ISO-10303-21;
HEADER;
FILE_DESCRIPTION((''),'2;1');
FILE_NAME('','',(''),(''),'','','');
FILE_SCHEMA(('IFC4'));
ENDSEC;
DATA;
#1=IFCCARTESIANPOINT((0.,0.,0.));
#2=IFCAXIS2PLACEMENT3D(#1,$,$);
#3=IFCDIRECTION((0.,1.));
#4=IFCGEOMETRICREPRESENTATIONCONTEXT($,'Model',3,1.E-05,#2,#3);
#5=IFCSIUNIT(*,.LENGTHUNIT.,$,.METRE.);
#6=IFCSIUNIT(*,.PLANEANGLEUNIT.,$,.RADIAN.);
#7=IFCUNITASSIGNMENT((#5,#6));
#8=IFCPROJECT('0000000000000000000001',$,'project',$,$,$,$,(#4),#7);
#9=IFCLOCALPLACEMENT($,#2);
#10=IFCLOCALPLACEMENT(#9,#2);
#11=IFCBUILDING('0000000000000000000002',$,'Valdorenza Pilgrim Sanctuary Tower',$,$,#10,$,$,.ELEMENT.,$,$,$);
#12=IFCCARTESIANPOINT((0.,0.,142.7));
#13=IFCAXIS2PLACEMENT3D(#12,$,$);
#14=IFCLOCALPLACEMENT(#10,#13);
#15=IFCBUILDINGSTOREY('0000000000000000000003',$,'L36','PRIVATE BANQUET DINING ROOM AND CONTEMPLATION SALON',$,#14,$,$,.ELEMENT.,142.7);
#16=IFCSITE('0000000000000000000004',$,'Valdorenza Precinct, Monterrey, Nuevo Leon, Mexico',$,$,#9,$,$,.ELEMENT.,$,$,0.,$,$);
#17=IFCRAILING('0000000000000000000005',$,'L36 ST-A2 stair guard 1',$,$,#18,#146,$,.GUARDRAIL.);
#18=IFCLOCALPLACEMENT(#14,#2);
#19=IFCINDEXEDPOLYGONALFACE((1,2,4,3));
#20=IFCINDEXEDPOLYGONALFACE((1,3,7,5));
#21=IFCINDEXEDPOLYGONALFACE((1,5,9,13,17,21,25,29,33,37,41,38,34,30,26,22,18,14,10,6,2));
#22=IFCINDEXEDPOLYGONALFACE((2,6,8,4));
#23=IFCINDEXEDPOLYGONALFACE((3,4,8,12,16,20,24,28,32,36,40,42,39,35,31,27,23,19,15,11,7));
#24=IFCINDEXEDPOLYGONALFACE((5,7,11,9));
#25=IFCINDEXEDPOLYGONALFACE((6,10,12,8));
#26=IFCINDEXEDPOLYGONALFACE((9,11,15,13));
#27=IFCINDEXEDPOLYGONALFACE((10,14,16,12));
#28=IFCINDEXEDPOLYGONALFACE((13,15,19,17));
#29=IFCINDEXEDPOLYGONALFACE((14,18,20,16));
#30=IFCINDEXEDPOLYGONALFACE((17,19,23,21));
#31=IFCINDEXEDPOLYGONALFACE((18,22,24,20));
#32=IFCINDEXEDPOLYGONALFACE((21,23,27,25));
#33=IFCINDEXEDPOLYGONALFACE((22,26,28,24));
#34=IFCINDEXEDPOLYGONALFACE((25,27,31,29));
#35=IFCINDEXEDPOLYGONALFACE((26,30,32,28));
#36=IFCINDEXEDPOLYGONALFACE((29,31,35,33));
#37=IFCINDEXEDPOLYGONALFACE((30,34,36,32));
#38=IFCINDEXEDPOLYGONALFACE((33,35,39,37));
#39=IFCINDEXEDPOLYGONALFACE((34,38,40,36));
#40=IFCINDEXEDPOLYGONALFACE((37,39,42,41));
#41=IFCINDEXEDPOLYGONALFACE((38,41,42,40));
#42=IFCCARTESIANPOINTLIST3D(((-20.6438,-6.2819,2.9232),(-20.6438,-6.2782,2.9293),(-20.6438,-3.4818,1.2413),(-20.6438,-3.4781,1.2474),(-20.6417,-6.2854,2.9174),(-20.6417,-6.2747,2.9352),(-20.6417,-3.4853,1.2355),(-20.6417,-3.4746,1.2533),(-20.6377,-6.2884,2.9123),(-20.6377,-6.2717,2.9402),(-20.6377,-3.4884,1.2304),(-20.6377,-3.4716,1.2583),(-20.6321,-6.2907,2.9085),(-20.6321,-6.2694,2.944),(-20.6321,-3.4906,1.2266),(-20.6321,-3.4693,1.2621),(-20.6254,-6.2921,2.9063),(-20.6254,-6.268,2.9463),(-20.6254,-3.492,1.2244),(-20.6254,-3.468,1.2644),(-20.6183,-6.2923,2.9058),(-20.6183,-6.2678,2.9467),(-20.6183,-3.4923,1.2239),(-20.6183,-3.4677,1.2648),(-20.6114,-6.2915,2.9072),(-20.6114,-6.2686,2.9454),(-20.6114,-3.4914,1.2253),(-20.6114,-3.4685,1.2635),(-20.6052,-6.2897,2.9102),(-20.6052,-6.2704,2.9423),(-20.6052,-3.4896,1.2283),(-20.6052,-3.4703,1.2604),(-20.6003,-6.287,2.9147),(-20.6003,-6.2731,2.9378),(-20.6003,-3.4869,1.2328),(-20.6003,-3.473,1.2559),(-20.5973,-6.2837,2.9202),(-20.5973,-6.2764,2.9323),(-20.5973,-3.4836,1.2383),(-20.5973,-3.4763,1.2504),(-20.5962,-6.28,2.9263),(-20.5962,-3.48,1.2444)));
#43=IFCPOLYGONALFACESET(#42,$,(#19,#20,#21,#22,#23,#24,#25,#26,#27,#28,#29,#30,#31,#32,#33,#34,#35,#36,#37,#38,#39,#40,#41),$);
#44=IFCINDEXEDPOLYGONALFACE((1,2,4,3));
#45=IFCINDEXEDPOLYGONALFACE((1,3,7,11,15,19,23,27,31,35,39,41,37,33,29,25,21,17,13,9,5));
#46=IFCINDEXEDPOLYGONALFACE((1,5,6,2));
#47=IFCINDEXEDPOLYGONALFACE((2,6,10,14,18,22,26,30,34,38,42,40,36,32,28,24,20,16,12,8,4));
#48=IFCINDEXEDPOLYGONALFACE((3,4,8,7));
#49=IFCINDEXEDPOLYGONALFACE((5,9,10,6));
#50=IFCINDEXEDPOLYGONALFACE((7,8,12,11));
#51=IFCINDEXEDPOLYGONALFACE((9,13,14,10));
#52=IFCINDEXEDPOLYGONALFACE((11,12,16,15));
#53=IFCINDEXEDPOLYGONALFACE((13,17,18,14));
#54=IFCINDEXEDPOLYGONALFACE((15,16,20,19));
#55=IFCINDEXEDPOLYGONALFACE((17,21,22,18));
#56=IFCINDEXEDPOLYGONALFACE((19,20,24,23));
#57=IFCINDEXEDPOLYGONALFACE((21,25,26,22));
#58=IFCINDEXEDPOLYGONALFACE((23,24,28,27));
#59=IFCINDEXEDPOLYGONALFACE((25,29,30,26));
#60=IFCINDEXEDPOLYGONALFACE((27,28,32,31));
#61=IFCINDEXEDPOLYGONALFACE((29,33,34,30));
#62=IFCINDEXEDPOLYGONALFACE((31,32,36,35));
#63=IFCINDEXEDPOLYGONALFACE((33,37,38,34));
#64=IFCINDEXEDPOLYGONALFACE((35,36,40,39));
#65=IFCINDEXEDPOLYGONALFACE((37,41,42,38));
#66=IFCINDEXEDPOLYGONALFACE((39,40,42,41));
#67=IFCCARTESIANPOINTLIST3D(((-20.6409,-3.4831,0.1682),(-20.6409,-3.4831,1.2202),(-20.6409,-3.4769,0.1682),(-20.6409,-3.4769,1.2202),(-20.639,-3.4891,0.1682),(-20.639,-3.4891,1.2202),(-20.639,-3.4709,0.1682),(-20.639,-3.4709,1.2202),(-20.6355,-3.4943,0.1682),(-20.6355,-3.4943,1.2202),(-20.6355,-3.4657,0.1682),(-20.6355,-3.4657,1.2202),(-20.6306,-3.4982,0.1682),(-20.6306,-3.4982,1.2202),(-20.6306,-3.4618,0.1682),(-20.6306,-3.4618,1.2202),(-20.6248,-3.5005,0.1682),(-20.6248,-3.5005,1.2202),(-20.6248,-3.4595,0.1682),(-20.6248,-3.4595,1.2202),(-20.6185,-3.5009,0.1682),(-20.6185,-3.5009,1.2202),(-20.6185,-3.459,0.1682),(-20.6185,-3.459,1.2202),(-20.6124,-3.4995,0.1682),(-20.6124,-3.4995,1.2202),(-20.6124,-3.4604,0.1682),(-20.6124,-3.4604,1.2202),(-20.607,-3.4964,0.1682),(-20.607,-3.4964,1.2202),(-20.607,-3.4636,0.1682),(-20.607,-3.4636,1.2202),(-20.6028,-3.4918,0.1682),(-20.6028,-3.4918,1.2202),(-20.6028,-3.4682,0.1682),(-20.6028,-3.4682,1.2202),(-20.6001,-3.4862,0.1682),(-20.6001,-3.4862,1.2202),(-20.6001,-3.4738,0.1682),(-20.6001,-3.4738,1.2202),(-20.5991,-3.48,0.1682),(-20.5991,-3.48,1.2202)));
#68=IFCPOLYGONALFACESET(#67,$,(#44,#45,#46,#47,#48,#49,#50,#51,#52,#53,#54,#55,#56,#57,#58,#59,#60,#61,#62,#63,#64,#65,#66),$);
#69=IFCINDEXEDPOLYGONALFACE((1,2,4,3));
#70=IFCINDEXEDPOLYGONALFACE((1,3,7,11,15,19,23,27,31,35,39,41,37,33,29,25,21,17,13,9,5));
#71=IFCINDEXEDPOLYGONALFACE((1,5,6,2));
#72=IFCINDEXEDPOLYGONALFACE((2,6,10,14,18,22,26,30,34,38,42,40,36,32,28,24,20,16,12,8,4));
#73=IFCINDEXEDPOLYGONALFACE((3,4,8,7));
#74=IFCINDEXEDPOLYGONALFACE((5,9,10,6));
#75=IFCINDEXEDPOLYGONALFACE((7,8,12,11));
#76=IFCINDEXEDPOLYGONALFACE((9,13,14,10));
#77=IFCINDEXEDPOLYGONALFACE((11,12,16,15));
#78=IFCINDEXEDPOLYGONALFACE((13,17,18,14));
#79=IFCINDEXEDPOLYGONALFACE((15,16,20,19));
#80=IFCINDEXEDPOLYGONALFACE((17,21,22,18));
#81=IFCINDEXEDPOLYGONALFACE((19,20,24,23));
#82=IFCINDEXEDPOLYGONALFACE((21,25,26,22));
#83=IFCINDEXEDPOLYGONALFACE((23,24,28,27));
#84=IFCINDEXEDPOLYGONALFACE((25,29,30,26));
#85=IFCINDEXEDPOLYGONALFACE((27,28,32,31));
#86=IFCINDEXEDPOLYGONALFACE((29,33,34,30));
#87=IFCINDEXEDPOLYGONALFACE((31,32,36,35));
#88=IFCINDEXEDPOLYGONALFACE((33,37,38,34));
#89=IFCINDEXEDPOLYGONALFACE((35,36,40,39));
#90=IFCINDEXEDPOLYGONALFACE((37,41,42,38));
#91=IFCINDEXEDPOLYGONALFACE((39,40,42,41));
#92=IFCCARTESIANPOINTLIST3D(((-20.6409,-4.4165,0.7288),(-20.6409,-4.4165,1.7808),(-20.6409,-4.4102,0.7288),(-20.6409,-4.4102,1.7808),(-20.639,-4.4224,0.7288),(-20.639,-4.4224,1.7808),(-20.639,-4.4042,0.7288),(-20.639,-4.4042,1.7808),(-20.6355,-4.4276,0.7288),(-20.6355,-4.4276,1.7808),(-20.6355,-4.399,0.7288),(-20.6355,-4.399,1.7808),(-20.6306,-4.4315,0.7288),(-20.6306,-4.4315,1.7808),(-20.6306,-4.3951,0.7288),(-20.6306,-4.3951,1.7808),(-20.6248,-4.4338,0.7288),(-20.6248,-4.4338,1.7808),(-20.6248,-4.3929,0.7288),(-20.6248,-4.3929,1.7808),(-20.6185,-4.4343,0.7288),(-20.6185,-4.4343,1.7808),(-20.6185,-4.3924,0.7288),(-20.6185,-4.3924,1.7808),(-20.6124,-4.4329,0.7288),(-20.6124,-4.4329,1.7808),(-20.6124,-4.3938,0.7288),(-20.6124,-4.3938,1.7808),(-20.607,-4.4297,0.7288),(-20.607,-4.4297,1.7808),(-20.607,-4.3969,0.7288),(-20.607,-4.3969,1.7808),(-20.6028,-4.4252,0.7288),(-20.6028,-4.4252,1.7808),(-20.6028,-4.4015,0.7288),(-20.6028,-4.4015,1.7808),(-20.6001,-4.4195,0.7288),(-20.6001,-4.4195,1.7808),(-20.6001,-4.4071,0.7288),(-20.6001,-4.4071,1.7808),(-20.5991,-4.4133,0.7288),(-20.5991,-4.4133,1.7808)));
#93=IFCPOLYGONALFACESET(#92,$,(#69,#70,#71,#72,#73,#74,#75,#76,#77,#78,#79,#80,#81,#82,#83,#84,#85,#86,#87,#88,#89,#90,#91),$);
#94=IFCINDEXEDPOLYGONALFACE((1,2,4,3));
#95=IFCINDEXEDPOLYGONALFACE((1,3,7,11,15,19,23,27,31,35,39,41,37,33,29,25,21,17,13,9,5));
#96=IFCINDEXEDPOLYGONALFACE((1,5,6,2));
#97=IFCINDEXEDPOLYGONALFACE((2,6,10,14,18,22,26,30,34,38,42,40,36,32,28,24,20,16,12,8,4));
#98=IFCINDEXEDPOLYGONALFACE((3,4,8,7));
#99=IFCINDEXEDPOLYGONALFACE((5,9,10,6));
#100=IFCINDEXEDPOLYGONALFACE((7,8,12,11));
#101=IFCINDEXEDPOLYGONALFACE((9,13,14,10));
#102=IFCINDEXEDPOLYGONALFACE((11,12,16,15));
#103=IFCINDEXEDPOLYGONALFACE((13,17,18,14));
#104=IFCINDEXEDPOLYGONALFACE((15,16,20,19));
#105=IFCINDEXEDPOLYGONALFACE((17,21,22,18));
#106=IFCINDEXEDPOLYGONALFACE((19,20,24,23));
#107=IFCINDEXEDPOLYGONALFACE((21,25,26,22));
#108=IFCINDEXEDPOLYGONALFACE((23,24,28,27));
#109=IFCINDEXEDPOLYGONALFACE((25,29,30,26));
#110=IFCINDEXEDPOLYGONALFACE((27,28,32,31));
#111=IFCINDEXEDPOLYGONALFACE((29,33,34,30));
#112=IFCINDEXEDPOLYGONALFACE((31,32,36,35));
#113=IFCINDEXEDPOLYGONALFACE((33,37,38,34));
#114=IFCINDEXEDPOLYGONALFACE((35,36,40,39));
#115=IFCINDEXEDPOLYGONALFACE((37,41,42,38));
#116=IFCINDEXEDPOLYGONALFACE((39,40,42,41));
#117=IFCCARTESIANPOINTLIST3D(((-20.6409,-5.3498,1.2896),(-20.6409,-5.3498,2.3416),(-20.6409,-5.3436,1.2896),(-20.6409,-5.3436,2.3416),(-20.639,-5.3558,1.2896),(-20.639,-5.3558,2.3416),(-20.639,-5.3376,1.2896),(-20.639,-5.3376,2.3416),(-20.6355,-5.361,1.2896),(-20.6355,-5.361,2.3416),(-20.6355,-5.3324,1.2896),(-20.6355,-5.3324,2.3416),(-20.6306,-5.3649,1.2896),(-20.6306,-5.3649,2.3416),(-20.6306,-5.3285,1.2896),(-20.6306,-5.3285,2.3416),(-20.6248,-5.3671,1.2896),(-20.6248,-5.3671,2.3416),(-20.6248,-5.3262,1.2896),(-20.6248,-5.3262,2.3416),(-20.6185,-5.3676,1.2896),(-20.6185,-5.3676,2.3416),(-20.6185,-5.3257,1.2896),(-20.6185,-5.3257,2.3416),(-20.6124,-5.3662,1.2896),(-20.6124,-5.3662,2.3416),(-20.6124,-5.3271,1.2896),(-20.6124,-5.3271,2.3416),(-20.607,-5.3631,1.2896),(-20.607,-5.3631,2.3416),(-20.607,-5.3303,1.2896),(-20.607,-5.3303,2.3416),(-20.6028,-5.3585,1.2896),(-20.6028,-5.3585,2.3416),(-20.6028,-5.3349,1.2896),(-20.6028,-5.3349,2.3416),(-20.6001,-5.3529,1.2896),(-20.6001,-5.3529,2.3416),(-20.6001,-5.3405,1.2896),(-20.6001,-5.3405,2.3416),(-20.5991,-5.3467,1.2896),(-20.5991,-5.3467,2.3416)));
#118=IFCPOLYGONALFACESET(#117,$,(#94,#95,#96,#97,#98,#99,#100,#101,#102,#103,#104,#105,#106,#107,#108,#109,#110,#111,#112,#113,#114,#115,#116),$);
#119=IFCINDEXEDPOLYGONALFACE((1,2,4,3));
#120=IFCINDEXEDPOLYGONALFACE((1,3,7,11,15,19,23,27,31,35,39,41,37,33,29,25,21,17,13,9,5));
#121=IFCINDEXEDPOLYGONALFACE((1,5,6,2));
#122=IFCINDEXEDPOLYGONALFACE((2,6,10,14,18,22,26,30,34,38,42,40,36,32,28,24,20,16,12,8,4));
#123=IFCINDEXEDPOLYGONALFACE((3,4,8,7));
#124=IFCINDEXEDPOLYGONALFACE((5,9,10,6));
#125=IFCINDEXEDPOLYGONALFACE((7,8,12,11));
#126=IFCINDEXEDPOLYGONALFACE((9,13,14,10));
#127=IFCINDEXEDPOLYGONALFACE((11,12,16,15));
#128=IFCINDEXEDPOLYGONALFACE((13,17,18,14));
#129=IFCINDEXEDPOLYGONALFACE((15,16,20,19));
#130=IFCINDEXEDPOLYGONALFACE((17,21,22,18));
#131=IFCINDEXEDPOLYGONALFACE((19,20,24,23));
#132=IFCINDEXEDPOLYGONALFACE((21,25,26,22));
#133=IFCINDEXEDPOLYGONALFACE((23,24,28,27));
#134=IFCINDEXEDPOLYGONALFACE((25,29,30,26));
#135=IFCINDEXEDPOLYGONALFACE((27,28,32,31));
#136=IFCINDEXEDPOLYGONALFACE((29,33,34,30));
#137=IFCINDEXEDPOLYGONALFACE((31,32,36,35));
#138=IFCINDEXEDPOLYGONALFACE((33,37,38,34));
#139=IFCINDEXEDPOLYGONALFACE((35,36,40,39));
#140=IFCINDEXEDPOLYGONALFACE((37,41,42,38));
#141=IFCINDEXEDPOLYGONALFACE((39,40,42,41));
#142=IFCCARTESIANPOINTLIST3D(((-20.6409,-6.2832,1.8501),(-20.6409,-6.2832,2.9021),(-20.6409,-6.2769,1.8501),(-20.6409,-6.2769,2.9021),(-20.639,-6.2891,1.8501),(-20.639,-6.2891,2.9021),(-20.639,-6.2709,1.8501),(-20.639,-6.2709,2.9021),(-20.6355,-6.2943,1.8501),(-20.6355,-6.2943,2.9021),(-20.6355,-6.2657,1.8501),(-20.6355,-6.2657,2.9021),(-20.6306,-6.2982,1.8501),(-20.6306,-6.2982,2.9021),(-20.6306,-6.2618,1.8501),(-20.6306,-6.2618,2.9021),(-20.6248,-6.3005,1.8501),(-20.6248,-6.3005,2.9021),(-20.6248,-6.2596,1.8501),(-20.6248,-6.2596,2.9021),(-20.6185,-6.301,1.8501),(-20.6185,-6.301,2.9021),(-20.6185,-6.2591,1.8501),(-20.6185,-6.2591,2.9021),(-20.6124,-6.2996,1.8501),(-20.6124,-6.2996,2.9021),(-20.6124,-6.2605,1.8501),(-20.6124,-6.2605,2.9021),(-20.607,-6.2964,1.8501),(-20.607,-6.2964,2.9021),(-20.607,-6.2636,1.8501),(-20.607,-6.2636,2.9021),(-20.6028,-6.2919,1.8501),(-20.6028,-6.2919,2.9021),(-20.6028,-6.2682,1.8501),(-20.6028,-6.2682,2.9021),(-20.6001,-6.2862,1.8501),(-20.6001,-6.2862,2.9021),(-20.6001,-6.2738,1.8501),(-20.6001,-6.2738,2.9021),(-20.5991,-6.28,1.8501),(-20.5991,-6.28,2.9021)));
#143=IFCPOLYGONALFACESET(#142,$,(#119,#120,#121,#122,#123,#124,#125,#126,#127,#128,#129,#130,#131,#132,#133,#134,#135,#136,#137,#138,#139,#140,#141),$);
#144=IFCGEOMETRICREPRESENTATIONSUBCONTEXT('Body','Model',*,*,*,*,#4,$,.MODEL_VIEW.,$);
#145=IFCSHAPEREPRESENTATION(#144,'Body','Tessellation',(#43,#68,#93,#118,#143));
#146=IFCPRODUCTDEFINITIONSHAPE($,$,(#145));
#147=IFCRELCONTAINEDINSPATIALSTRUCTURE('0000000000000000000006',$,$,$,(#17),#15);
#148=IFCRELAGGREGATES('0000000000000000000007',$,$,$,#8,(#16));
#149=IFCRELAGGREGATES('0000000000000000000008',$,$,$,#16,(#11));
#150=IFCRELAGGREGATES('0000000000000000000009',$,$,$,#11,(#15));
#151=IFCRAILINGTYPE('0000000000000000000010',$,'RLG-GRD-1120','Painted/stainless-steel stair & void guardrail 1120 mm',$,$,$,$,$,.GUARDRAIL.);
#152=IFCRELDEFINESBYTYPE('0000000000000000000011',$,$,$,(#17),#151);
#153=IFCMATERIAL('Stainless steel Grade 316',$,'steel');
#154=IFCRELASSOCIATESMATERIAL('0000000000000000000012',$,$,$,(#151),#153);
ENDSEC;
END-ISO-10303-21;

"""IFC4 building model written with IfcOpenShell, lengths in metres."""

from ifc_helpers import new_model, si_unit, direction, frame, origin, origin_2d, place, context, subcontext, project, spatial, circle, extrude, material, type_object, element, save


model = new_model("IFC4")

# Units and contexts
model_context = context("Model", 3, precision=1e-05, world=origin(), true_north=direction((0.0, 1.0)))
body_context = subcontext(model_context, "Body", "Model", "MODEL_VIEW")
ifc_project = project(units=[si_unit("LENGTHUNIT", "METRE"), si_unit("PLANEANGLEUNIT", "RADIAN")], contexts=[model_context])

# Site, building, storey
site_placement = place(None, origin())
site = spatial("IfcSite", under=ifc_project, at=site_placement, Name="Valdorenza Precinct, Monterrey, Nuevo Leon, Mexico", CompositionType="ELEMENT", RefElevation=0.0)
building_placement = place(site_placement, origin())
building = spatial("IfcBuilding", under=site, at=building_placement, Name="Valdorenza Pilgrim Sanctuary Tower", CompositionType="ELEMENT")
storey_placement = place(building_placement, frame((0.0, 0.0, 142.7)))
storey = spatial("IfcBuildingStorey", under=building, at=storey_placement, Name="L36", Description="PRIVATE BANQUET DINING ROOM AND CONTEMPLATION SALON", CompositionType="ELEMENT", Elevation=142.7)

# Railing
ifc_material_1 = material(Name="Stainless steel Grade 316", Category="steel")
railing_type_1 = type_object("IfcRailingType", Name="RLG-GRD-1120", Description="Painted/stainless-steel stair & void guardrail 1120 mm", PredefinedType="GUARDRAIL", material=ifc_material_1)
railing_1_placement = place(storey_placement, frame((-20.6201, -3.48, 0.1682)))
element("IfcRailing", 1, at=railing_1_placement, inside=storey, type_object=railing_type_1, Name="L36 ST-A2 stair guard 1", PredefinedType="GUARDRAIL", context=body_context, shape_type="SweptSolid", body=[
    extrude(circle(Radius=0.0239, at=origin_2d()), frame((0.0, 0.0, 1.0762), z_axis=(0.0, -0.857242, 0.514913), x_axis=(1.0, 0.0, 0.0)), (0.0, 0.0, 1.0), 3.2664),
    extrude(circle(Radius=0.021, at=origin_2d()), origin(), (0.0, 0.0, 1.0), 1.052),
    extrude(circle(Radius=0.021, at=origin_2d()), frame((0.0, -0.9333, 0.5605)), (0.0, 0.0, 1.0), 1.052),
    extrude(circle(Radius=0.021, at=origin_2d()), frame((0.0, -1.8667, 1.1213)), (0.0, 0.0, 1.0), 1.052),
    extrude(circle(Radius=0.021, at=origin_2d()), frame((0.0, -2.8, 1.6819)), (0.0, 0.0, 1.0), 1.052),
])

save(model, "model.ifc")
